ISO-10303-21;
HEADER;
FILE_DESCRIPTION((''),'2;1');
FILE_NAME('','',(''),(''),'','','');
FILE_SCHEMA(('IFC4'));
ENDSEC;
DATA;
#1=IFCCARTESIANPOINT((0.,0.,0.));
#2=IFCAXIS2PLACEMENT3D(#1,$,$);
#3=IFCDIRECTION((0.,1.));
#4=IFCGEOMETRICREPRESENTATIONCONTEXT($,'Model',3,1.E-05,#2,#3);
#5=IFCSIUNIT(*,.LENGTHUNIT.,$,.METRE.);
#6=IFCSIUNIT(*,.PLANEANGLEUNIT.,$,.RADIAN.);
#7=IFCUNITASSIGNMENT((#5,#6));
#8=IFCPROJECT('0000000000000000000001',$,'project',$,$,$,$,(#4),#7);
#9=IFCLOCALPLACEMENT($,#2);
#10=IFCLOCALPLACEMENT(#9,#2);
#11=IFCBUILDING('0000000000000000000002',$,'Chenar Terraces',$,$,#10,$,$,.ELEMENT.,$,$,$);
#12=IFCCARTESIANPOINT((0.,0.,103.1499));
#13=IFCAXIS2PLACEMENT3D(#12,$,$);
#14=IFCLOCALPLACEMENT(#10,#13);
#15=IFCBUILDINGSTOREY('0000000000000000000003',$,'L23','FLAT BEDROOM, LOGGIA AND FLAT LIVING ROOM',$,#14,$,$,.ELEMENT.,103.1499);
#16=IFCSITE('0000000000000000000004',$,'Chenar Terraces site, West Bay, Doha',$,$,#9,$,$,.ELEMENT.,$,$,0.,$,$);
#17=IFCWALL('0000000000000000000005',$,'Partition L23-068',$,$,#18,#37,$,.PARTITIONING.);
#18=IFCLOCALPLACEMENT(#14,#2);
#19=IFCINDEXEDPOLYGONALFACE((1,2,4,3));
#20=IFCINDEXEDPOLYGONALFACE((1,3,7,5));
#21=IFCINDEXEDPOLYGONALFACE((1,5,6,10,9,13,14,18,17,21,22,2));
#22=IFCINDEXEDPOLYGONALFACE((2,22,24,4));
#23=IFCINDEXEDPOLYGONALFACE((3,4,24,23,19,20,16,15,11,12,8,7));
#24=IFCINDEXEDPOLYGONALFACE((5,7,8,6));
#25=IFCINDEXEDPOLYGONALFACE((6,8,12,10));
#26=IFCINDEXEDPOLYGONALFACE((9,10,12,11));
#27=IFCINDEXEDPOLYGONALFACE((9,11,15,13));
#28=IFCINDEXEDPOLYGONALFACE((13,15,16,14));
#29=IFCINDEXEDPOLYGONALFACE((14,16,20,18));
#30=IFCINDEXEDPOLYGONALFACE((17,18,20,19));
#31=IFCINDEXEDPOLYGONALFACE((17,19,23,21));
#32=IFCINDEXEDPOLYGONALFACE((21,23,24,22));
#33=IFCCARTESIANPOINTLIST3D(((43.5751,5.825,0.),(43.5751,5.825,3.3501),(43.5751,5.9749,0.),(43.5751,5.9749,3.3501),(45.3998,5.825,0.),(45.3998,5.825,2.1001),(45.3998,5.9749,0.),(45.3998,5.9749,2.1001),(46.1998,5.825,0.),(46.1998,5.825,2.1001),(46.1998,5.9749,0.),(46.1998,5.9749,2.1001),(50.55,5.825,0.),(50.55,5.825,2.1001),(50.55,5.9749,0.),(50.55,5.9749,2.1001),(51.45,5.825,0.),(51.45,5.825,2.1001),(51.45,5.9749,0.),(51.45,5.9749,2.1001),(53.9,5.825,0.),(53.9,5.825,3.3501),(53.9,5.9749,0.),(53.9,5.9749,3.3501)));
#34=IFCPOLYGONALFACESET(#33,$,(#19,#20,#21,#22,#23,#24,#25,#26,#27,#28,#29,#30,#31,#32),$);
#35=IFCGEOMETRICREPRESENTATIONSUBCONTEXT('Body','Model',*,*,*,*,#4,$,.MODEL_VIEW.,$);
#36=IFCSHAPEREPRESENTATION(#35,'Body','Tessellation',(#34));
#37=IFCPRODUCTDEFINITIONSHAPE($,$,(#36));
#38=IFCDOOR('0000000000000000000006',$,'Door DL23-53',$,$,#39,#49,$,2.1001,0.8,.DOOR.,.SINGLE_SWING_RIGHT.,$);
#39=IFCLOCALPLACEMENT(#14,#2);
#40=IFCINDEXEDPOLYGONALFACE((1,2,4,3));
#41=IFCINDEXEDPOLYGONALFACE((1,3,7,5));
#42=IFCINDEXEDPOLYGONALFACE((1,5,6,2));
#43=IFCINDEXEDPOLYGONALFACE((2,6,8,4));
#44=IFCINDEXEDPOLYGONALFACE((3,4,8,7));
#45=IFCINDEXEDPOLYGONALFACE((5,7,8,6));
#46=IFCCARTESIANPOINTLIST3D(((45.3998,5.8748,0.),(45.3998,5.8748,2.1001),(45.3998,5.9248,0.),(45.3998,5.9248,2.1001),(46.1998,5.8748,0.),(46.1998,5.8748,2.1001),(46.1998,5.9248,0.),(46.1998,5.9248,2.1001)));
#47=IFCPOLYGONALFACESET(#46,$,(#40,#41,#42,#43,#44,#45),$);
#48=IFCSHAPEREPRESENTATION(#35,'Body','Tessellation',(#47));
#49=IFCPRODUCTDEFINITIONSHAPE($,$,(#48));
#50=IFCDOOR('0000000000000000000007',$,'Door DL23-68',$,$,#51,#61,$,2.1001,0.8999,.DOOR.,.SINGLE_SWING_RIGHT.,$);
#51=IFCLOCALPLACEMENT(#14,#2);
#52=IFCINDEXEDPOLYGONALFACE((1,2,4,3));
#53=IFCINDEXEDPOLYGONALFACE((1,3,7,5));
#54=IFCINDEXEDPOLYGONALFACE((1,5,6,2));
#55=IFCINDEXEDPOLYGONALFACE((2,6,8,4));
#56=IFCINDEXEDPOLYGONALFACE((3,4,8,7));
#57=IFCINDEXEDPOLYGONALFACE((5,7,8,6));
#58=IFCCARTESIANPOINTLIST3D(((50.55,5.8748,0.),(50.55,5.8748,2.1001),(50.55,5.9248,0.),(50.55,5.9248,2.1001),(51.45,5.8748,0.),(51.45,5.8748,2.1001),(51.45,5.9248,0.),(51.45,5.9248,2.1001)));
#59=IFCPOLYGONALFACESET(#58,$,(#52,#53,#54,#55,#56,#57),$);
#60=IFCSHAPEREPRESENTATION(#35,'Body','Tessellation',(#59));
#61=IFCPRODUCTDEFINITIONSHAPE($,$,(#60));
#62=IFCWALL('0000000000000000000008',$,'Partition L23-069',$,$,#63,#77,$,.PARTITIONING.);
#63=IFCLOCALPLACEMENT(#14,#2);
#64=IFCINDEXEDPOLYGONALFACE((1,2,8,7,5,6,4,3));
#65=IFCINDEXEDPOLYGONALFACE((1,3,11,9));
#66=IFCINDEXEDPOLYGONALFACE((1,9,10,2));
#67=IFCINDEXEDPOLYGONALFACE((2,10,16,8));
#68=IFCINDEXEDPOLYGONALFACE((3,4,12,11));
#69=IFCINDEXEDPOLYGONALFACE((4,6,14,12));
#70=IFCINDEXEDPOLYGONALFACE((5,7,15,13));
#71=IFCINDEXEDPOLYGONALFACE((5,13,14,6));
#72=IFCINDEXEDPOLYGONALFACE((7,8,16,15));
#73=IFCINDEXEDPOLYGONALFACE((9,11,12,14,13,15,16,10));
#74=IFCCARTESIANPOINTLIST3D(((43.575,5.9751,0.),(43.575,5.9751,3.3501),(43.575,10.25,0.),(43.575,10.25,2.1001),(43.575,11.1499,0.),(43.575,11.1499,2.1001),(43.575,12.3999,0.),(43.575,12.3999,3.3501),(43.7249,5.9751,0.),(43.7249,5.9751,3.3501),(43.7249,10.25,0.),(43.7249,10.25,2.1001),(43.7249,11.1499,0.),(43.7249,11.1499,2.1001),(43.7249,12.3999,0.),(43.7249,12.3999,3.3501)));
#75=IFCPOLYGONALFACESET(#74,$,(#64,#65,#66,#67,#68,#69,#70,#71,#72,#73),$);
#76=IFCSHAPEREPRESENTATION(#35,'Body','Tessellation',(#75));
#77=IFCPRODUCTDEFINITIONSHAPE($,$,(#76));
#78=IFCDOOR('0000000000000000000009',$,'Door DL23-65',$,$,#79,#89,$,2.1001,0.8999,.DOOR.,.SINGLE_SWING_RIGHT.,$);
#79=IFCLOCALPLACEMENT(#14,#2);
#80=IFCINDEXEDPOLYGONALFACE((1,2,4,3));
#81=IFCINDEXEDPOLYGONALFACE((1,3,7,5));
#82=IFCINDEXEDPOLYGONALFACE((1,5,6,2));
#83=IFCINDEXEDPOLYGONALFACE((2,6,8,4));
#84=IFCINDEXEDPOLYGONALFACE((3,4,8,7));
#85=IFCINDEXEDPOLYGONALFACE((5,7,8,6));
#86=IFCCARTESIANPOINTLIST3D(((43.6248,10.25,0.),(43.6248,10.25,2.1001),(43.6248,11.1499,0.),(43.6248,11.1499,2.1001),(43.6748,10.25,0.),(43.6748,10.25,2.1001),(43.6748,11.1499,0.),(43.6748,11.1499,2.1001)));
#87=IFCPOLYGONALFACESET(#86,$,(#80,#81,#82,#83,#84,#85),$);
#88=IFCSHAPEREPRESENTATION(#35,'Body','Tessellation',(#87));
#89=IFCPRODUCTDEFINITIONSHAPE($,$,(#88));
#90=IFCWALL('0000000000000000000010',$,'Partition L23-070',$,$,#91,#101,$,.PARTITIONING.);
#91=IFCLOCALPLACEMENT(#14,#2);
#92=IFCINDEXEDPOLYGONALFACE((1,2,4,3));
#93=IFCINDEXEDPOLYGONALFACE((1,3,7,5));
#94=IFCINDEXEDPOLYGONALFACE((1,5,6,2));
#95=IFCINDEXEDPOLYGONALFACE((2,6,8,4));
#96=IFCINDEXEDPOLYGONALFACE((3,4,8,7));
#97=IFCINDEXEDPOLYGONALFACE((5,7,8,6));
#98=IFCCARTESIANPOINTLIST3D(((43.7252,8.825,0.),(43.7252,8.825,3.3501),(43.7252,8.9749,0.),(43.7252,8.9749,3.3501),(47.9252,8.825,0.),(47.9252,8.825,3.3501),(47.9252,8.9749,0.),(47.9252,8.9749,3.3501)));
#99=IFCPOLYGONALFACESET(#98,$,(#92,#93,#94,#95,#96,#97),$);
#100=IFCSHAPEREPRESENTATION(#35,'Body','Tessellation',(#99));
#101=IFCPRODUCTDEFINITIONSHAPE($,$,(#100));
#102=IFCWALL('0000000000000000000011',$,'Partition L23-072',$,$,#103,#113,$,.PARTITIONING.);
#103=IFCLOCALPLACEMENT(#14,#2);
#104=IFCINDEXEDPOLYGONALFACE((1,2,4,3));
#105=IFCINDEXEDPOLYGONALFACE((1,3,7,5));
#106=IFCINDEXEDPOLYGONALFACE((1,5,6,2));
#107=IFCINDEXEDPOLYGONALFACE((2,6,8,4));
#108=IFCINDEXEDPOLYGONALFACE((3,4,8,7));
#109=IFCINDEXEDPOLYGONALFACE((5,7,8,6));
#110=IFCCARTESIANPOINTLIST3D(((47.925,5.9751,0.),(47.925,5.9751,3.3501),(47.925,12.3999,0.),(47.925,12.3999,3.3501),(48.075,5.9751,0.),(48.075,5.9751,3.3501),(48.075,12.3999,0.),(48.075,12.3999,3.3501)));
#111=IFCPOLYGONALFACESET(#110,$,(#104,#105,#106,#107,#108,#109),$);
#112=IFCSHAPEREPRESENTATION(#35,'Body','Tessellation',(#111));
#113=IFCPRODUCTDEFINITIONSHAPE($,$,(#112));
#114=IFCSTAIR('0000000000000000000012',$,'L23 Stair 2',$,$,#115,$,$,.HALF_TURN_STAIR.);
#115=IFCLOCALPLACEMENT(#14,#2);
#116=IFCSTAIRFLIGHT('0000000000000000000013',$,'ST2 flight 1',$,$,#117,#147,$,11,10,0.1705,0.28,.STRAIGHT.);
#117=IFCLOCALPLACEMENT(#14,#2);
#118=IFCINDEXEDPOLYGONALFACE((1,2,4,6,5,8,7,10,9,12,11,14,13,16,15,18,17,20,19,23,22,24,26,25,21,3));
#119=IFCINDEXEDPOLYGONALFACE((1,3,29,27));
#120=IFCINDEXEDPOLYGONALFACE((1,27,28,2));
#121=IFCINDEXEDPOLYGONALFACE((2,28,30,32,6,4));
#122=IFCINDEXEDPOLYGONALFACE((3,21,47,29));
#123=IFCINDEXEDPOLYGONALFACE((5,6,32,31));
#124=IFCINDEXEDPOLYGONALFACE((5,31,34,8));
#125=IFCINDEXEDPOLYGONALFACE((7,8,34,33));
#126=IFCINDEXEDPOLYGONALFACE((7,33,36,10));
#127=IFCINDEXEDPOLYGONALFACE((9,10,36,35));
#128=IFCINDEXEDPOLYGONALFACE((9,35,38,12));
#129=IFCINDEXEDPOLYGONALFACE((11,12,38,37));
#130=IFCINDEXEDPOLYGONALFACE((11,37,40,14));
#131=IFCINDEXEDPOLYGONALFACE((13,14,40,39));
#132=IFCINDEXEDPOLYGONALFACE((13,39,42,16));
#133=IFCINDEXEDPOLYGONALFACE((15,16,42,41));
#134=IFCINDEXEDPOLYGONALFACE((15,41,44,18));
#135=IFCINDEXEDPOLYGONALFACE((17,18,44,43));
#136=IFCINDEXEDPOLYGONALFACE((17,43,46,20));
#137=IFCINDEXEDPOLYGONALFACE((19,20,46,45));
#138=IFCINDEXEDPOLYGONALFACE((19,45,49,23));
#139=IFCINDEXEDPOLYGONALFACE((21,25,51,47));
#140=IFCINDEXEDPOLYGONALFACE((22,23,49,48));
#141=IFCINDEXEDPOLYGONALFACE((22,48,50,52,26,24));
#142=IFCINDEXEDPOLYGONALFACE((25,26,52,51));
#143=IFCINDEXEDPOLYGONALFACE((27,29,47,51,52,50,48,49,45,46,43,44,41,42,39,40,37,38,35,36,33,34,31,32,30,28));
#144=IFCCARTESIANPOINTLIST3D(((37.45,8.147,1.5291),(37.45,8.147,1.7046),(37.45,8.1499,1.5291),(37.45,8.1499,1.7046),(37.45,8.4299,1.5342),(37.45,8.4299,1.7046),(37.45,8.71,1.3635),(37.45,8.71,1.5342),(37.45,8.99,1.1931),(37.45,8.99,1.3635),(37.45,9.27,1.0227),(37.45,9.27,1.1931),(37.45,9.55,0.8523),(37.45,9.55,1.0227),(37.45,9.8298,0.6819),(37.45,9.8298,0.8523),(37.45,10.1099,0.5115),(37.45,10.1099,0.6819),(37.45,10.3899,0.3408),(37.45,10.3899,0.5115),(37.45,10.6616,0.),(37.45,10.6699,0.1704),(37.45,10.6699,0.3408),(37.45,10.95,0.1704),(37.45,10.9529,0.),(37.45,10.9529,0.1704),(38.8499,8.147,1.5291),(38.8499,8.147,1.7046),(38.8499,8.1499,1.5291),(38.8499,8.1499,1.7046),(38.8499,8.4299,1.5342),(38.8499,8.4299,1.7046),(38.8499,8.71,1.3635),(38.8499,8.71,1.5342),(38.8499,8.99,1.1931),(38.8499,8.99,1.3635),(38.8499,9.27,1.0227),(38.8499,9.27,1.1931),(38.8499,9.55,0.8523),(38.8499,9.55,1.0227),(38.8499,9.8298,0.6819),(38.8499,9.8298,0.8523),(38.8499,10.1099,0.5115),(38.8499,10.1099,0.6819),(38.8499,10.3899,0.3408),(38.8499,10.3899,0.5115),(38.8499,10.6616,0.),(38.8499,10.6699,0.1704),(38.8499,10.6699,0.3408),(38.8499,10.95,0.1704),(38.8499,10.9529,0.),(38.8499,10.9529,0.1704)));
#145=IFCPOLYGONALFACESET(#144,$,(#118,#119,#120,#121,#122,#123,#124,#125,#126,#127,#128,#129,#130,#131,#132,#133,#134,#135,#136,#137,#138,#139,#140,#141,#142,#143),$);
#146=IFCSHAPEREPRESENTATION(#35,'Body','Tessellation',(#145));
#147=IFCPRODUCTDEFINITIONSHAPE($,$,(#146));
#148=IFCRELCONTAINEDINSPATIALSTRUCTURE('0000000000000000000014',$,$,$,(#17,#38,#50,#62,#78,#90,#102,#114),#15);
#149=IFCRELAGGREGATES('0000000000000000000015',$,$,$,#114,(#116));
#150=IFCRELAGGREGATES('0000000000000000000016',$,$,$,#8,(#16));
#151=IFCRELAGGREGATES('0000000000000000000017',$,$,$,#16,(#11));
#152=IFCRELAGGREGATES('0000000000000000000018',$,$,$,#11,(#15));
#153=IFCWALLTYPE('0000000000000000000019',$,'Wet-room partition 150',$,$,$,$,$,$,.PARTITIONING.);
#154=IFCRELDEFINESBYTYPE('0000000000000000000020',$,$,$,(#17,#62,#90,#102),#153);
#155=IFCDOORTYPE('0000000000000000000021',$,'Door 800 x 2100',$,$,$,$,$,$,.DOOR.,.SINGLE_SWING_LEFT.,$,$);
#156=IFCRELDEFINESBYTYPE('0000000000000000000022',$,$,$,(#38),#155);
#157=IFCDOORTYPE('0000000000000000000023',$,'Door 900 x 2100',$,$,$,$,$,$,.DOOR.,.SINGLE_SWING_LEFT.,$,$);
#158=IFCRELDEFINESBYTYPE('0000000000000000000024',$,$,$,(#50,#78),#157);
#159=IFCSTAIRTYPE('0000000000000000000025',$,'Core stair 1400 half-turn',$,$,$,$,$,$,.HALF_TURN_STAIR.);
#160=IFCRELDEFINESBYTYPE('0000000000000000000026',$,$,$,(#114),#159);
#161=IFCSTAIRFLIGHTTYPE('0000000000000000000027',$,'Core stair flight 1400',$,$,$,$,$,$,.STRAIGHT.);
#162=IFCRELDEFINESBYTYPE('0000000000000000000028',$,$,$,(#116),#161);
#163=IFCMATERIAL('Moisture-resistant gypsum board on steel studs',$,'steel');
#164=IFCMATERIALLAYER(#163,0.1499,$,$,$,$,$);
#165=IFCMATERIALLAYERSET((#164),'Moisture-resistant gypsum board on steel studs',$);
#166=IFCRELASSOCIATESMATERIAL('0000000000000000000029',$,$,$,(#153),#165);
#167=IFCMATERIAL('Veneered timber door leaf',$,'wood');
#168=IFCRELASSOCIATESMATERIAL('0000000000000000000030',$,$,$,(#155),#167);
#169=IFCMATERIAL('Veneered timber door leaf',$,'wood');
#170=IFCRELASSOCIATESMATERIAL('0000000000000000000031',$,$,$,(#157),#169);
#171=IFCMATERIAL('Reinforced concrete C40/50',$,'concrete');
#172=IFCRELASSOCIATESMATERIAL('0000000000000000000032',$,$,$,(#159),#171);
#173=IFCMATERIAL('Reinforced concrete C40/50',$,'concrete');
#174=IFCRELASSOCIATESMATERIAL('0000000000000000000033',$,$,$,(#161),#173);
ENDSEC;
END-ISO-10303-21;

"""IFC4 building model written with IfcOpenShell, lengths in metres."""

from ifc_helpers import new_model, si_unit, direction, frame, frame_2d, origin, place, context, subcontext, project, spatial, polyline, rectangle, outline, extrude, material, layer, layer_set, type_object, element, fill, aggregate, save


model = new_model("IFC4")

# Units and contexts
model_context = context("Model", 3, precision=1e-05, world=origin(), true_north=direction((0.0, 1.0)))
body_context = subcontext(model_context, "Body", "Model", "MODEL_VIEW")
ifc_project = project(units=[si_unit("LENGTHUNIT", "METRE"), si_unit("PLANEANGLEUNIT", "RADIAN")], contexts=[model_context])

# Site, building, storey
site_placement = place(None, origin())
site = spatial("IfcSite", under=ifc_project, at=site_placement, Name="Chenar Terraces site, West Bay, Doha", CompositionType="ELEMENT", RefElevation=0.0)
building_placement = place(site_placement, origin())
building = spatial("IfcBuilding", under=site, at=building_placement, Name="Chenar Terraces", CompositionType="ELEMENT")
storey_placement = place(building_placement, frame((0.0, 0.0, 103.1499)))
storey = spatial("IfcBuildingStorey", under=building, at=storey_placement, Name="L23", Description="FLAT BEDROOM, LOGGIA AND FLAT LIVING ROOM", CompositionType="ELEMENT", Elevation=103.1499)

# Wall, openings, doors
ifc_material_1 = material(Name="Moisture-resistant gypsum board on steel studs", Category="steel")
ifc_layer_1 = layer(ifc_material_1, 0.1499)
ifc_layer_set_1 = layer_set([ifc_layer_1], Name="Moisture-resistant gypsum board on steel studs")
wall_type_1 = type_object("IfcWallType", Name="Wet-room partition 150", PredefinedType="PARTITIONING", material=ifc_layer_set_1)
wall_1_placement = place(storey_placement, frame((43.575, 5.8999, 0.0), z_axis=(0.0, 0.0, 1.0), x_axis=(1.0, 0.0, 0.0)))
wall_1 = element("IfcWall", 1, at=wall_1_placement, inside=storey, type_object=wall_type_1, Name="Partition L23-068", PredefinedType="PARTITIONING", context=body_context, shape_type="SweptSolid", body=[
    extrude(rectangle(XDim=10.325, YDim=0.1499, at=frame_2d((5.1626, 0.0))), origin(), (0.0, 0.0, 1.0), 3.3501),
])
opening_1_placement = place(wall_1_placement, frame((1.825, 0.0, 0.0)))
opening_1 = element("IfcOpeningElement", 2, at=opening_1_placement, cuts=wall_1, PredefinedType="OPENING", context=body_context, shape_type="SweptSolid", body=[
    extrude(rectangle(XDim=0.8, YDim=2.1001, at=frame_2d((0.3999, 1.05))), frame((0.0, 0.085, 0.0), z_axis=(0.0, -1.0, 0.0), x_axis=(1.0, 0.0, 0.0)), (0.0, 0.0, 1.0), 0.1699),
])
opening_2_placement = place(wall_1_placement, frame((6.9751, 0.0, 0.0)))
opening_2 = element("IfcOpeningElement", 3, at=opening_2_placement, cuts=wall_1, PredefinedType="OPENING", context=body_context, shape_type="SweptSolid", body=[
    extrude(rectangle(XDim=0.8999, YDim=2.1001, at=frame_2d((0.45, 1.05))), frame((0.0, 0.085, 0.0), z_axis=(0.0, -1.0, 0.0), x_axis=(1.0, 0.0, 0.0)), (0.0, 0.0, 1.0), 0.1699),
])
ifc_material_2 = material(Name="Veneered timber door leaf", Category="wood")
door_type_1 = type_object("IfcDoorType", Name="Door 800 x 2100", OperationType="SINGLE_SWING_LEFT", PredefinedType="DOOR", material=ifc_material_2)
door_1_placement = place(opening_1_placement, origin())
door_1 = element("IfcDoor", 4, at=door_1_placement, inside=storey, type_object=door_type_1, Name="Door DL23-53", OperationType="SINGLE_SWING_RIGHT", OverallHeight=2.1001, OverallWidth=0.8, PredefinedType="DOOR", context=body_context, shape_type="SweptSolid", body=[
    extrude(rectangle(XDim=0.8, YDim=2.1001, at=frame_2d((0.3999, 1.05))), frame((0.0, 0.0249, 0.0), z_axis=(0.0, -1.0, 0.0), x_axis=(1.0, 0.0, 0.0)), (0.0, 0.0, 1.0), 0.05),
])
fill(opening_1, door_1)
ifc_material_3 = material(Name="Veneered timber door leaf", Category="wood")
door_type_2 = type_object("IfcDoorType", Name="Door 900 x 2100", OperationType="SINGLE_SWING_LEFT", PredefinedType="DOOR", material=ifc_material_3)
door_2_placement = place(opening_2_placement, origin())
door_2 = element("IfcDoor", 5, at=door_2_placement, inside=storey, type_object=door_type_2, Name="Door DL23-68", OperationType="SINGLE_SWING_RIGHT", OverallHeight=2.1001, OverallWidth=0.8999, PredefinedType="DOOR", context=body_context, shape_type="SweptSolid", body=[
    extrude(rectangle(XDim=0.8999, YDim=2.1001, at=frame_2d((0.45, 1.05))), frame((0.0, 0.0249, 0.0), z_axis=(0.0, -1.0, 0.0), x_axis=(1.0, 0.0, 0.0)), (0.0, 0.0, 1.0), 0.05),
])
fill(opening_2, door_2)

# Wall, opening, door
wall_2_placement = place(storey_placement, frame((43.6499, 5.9751, 0.0), z_axis=(0.0, 0.0, 1.0), x_axis=(0.0, 1.0, 0.0)))
wall_2 = element("IfcWall", 6, at=wall_2_placement, inside=storey, type_object=wall_type_1, Name="Partition L23-069", PredefinedType="PARTITIONING", context=body_context, shape_type="SweptSolid", body=[
    extrude(rectangle(XDim=6.4248, YDim=0.1499, at=frame_2d((3.2124, 0.0))), origin(), (0.0, 0.0, 1.0), 3.3501),
])
opening_3_placement = place(wall_2_placement, frame((4.2749, 0.0, 0.0)))
opening_3 = element("IfcOpeningElement", 7, at=opening_3_placement, cuts=wall_2, PredefinedType="OPENING", context=body_context, shape_type="SweptSolid", body=[
    extrude(rectangle(XDim=0.8999, YDim=2.1001, at=frame_2d((0.45, 1.05))), frame((0.0, 0.085, 0.0), z_axis=(0.0, -1.0, 0.0), x_axis=(1.0, 0.0, 0.0)), (0.0, 0.0, 1.0), 0.1699),
])
door_3_placement = place(opening_3_placement, frame((0.8999, 0.0, 0.0), z_axis=(0.0, 0.0, 1.0), x_axis=(-1.0, 0.0, 0.0)))
door_3 = element("IfcDoor", 8, at=door_3_placement, inside=storey, type_object=door_type_2, Name="Door DL23-65", OperationType="SINGLE_SWING_RIGHT", OverallHeight=2.1001, OverallWidth=0.8999, PredefinedType="DOOR", context=body_context, shape_type="SweptSolid", body=[
    extrude(rectangle(XDim=0.8999, YDim=2.1001, at=frame_2d((0.45, 1.05))), frame((0.0, 0.0249, 0.0), z_axis=(0.0, -1.0, 0.0), x_axis=(1.0, 0.0, 0.0)), (0.0, 0.0, 1.0), 0.05),
])
fill(opening_3, door_3)

# Walls
wall_3_placement = place(storey_placement, frame((43.7251, 8.8999, 0.0), z_axis=(0.0, 0.0, 1.0), x_axis=(1.0, 0.0, 0.0)))
element("IfcWall", 9, at=wall_3_placement, inside=storey, type_object=wall_type_1, Name="Partition L23-070", PredefinedType="PARTITIONING", context=body_context, shape_type="SweptSolid", body=[
    extrude(rectangle(XDim=4.2, YDim=0.1499, at=frame_2d((2.1001, 0.0))), origin(), (0.0, 0.0, 1.0), 3.3501),
])
wall_4_placement = place(storey_placement, frame((48.0, 5.9751, 0.0), z_axis=(0.0, 0.0, 1.0), x_axis=(0.0, 1.0, 0.0)))
element("IfcWall", 10, at=wall_4_placement, inside=storey, type_object=wall_type_1, Name="Partition L23-072", PredefinedType="PARTITIONING", context=body_context, shape_type="SweptSolid", body=[
    extrude(rectangle(XDim=6.4248, YDim=0.1499, at=frame_2d((3.2124, 0.0))), origin(), (0.0, 0.0, 1.0), 3.3501),
])

# Stair, stair flight
ifc_material_4 = material(Name="Reinforced concrete C40/50", Category="concrete")
stair_type = type_object("IfcStairType", Name="Core stair 1400 half-turn", PredefinedType="HALF_TURN_STAIR", material=ifc_material_4)
stair_placement = place(storey_placement, origin())
stair = element("IfcStair", 11, at=stair_placement, inside=storey, type_object=stair_type, Name="L23 Stair 2", PredefinedType="HALF_TURN_STAIR")
ifc_material_5 = material(Name="Reinforced concrete C40/50", Category="concrete")
stair_flight_type = type_object("IfcStairFlightType", Name="Core stair flight 1400", PredefinedType="STRAIGHT", material=ifc_material_5)
stair_flight_1_placement = place(storey_placement, frame((38.1499, 10.95, 0.0), z_axis=(0.0, 0.0, 1.0), x_axis=(0.0, -1.0, 0.0)))
stair_flight_1 = element("IfcStairFlight", 12, at=stair_flight_1_placement, type_object=stair_flight_type, Name="ST2 flight 1", NumberOfRisers=11, NumberOfTreads=10, PredefinedType="STRAIGHT", RiserHeight=0.1705, TreadLength=0.28, context=body_context, shape_type="SweptSolid", body=[
    extrude(outline(polyline([(-0.0029, 0.0), (-0.0029, 0.1704), (0.0, 0.1704), (0.28, 0.1704), (0.28, 0.3408), (0.5601, 0.3408), (0.5601, 0.5115), (0.8401, 0.5115), (0.8401, 0.6819), (1.1201, 0.6819), (1.1201, 0.8523), (1.3999, 0.8523), (1.3999, 1.0227), (1.6799, 1.0227), (1.6799, 1.1931), (1.96, 1.1931), (1.96, 1.3635), (2.24, 1.3635), (2.24, 1.5342), (2.52, 1.5342), (2.52, 1.7046), (2.8, 1.7046), (2.803, 1.7046), (2.803, 1.5291), (2.8, 1.5291), (0.2883, 0.0), (-0.0029, 0.0)])), frame((0.0, 0.7, 0.0), z_axis=(0.0, -1.0, 0.0), x_axis=(1.0, 0.0, 0.0)), (0.0, 0.0, 1.0), 1.3999),
])
aggregate(stair, [stair_flight_1])

save(model, "model.ifc")
